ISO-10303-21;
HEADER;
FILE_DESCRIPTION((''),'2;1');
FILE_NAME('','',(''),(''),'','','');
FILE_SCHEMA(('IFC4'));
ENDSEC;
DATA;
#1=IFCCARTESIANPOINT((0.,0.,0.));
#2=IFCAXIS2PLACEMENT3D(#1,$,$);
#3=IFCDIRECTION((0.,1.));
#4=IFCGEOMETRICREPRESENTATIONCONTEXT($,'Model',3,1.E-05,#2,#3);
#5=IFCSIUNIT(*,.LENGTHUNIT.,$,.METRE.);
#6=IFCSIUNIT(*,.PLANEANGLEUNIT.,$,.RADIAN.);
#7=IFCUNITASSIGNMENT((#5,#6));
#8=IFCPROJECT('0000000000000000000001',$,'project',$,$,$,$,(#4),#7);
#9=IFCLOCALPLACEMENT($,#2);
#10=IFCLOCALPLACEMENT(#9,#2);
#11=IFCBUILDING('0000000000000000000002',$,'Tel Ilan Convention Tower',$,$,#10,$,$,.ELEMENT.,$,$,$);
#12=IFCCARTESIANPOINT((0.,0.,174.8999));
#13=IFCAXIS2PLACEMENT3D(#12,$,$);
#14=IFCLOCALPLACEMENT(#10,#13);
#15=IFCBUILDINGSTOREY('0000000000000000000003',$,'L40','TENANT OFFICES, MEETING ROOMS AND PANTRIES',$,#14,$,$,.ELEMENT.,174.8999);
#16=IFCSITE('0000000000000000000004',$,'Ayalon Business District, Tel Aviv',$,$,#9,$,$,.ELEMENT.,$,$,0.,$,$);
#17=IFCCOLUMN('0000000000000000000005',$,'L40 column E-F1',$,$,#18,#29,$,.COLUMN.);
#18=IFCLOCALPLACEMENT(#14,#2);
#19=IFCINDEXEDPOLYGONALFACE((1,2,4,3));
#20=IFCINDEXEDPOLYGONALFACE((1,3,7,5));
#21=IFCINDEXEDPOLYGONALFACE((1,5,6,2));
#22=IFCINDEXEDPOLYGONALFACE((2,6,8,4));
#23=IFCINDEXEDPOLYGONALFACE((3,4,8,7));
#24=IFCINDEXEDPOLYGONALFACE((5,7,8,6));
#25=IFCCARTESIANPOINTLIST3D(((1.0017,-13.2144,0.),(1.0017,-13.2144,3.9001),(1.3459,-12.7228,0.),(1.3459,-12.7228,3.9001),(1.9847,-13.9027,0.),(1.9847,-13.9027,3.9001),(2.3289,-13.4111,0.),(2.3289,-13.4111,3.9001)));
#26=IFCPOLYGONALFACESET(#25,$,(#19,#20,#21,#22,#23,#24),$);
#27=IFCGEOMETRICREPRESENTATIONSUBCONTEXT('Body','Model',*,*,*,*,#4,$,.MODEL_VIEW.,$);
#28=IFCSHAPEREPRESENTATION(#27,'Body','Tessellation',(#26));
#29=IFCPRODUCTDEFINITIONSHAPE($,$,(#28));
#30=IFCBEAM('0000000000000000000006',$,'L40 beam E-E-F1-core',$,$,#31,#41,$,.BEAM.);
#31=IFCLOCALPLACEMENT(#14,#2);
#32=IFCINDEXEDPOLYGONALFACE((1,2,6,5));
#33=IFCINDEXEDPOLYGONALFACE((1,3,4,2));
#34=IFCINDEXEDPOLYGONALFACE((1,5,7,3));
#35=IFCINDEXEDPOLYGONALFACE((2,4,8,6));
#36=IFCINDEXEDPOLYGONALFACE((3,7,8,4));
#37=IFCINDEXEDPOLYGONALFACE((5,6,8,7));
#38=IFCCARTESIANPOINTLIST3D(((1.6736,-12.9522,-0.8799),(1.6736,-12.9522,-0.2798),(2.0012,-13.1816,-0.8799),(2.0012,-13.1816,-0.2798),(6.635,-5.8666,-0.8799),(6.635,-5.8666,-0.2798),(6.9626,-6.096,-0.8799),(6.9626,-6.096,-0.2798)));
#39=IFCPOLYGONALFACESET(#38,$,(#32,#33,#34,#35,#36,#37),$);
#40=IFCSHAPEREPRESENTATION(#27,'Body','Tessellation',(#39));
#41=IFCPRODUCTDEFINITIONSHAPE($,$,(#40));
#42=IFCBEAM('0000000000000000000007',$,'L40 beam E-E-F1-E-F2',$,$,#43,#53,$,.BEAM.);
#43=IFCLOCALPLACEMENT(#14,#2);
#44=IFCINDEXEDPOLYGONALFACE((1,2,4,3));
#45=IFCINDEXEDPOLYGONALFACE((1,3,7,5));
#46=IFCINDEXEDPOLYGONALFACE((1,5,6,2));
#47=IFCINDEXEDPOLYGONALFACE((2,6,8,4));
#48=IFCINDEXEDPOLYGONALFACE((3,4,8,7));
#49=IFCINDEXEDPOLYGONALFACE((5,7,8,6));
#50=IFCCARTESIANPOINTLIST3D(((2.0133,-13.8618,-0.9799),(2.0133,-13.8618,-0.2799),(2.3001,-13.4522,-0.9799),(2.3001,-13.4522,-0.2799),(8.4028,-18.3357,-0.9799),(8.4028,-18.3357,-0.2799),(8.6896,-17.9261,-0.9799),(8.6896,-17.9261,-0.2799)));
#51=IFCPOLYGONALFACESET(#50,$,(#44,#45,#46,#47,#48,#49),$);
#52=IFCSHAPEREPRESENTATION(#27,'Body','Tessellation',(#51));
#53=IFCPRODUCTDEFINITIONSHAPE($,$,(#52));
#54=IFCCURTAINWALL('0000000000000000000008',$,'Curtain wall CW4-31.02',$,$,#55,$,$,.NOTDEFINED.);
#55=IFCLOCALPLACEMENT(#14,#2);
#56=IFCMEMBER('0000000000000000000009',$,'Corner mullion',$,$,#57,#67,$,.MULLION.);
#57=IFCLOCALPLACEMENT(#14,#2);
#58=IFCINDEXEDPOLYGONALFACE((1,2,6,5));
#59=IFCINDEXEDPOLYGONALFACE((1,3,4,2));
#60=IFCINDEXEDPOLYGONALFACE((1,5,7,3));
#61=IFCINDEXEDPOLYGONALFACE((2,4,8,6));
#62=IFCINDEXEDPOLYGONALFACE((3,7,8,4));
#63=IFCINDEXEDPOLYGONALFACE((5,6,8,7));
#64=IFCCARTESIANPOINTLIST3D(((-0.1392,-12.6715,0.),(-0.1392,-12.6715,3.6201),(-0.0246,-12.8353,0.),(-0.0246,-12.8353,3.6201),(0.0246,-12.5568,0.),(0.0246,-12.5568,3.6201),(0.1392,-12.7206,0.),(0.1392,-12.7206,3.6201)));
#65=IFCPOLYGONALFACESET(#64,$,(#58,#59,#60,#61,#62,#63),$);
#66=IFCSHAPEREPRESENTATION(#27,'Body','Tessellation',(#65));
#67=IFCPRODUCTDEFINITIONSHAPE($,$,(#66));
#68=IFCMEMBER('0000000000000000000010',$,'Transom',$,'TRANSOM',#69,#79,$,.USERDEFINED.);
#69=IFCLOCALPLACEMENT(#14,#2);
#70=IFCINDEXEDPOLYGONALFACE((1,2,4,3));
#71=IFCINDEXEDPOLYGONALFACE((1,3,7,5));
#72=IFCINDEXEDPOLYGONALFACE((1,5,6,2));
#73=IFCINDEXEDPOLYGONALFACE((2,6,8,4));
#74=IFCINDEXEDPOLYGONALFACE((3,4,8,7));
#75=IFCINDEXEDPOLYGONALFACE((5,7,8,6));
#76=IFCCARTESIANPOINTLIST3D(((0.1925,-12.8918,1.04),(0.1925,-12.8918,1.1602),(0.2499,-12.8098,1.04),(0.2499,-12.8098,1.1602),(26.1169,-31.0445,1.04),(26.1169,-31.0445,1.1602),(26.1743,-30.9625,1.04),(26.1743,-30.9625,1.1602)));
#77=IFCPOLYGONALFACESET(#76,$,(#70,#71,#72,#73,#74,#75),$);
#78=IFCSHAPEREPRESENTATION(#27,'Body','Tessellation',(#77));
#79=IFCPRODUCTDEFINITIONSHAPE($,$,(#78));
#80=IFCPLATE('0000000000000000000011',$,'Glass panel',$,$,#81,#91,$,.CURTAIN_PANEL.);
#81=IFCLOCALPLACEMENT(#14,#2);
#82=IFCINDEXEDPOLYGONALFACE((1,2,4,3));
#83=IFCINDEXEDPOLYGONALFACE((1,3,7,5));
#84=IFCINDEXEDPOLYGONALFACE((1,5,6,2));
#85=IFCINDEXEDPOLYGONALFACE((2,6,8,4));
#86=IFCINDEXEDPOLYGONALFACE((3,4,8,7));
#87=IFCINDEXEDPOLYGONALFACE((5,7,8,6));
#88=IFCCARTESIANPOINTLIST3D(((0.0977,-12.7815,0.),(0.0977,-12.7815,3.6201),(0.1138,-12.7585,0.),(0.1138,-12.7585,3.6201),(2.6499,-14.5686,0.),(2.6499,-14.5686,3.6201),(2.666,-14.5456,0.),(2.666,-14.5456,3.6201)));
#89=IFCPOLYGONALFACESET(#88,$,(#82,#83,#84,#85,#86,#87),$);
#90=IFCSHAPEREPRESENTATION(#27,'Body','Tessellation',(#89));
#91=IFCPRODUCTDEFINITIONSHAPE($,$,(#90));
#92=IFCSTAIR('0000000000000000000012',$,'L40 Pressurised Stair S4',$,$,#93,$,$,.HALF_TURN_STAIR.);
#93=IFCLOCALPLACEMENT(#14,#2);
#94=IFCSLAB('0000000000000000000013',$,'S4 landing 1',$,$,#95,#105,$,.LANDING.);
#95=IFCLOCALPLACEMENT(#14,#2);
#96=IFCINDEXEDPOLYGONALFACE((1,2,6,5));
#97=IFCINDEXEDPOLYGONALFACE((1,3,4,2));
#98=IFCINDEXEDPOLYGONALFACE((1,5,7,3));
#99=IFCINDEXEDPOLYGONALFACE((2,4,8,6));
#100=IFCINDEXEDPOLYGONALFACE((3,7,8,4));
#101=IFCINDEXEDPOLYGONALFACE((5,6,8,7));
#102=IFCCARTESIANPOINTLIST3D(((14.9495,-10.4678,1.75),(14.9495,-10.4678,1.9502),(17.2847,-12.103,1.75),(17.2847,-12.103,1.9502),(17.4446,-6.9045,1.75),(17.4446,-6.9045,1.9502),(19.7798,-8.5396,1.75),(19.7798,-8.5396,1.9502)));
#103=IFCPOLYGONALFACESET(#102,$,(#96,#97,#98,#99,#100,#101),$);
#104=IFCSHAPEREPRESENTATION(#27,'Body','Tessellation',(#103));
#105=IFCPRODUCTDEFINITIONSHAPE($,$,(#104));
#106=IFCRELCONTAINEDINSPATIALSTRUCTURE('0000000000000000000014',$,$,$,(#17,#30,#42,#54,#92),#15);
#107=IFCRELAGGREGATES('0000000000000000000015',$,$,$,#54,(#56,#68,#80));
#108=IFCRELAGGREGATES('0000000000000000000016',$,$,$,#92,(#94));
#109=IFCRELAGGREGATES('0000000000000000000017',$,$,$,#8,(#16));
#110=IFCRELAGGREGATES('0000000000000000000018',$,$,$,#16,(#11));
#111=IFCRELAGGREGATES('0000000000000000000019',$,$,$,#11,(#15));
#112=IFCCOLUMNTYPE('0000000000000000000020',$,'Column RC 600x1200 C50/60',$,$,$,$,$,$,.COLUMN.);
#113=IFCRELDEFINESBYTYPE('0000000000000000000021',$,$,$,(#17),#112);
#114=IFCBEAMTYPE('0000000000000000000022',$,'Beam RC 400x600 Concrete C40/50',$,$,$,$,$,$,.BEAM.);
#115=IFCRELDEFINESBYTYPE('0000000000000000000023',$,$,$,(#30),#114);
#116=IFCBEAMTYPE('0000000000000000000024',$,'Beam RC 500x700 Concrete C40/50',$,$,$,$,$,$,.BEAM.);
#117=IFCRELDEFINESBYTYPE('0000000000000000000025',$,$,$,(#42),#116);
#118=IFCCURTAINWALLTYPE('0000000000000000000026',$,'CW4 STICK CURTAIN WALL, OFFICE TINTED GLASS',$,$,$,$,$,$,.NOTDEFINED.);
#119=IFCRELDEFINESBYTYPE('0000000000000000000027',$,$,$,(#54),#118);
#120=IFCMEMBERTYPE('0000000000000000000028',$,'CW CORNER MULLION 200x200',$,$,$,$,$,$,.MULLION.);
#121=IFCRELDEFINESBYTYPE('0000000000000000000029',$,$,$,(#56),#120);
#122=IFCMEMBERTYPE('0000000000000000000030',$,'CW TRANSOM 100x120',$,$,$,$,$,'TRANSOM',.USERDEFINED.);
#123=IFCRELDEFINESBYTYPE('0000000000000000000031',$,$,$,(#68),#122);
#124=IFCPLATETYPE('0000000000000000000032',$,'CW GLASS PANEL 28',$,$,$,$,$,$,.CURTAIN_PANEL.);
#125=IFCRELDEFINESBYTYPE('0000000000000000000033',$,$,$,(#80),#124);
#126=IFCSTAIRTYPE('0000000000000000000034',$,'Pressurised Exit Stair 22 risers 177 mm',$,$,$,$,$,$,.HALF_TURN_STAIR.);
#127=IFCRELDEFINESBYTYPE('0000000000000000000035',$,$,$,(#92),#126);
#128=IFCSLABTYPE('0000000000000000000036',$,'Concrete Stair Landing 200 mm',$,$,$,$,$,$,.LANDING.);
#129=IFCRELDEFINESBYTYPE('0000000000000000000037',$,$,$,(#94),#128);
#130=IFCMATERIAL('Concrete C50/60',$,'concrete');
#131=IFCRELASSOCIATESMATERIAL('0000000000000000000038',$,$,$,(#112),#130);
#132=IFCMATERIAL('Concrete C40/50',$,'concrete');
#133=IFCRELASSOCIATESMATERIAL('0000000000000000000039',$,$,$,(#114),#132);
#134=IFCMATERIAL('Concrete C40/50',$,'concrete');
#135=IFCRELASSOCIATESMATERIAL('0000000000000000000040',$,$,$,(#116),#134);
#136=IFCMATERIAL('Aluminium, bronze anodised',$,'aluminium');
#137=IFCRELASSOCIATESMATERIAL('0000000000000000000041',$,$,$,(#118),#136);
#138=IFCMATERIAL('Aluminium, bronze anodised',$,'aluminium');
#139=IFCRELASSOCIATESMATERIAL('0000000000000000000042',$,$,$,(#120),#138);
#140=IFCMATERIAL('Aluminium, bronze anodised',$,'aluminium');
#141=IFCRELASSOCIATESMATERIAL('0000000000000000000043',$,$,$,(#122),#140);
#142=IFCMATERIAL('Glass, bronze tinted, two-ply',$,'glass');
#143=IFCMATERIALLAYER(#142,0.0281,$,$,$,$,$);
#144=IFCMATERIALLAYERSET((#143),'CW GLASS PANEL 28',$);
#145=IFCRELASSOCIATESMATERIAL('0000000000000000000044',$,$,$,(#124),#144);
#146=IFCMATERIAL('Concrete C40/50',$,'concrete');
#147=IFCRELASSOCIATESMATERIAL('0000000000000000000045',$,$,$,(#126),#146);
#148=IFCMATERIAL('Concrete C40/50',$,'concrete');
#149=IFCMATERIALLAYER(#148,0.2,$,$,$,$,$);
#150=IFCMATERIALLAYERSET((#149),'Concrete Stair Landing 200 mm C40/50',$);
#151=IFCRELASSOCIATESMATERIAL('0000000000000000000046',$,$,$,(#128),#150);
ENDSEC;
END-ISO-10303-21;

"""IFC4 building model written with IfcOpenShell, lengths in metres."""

from ifc_helpers import new_model, si_unit, direction, frame, origin, origin_2d, place, context, subcontext, project, spatial, polyline, rectangle, outline, extrude, material, layer, layer_set, material_profile, profile_set, type_object, element, aggregate, save


model = new_model("IFC4")

# Units and contexts
model_context = context("Model", 3, precision=1e-05, world=origin(), true_north=direction((0.0, 1.0)))
body_context = subcontext(model_context, "Body", "Model", "MODEL_VIEW")
ifc_project = project(units=[si_unit("LENGTHUNIT", "METRE"), si_unit("PLANEANGLEUNIT", "RADIAN")], contexts=[model_context])

# Site, building, storey
site_placement = place(None, origin())
site = spatial("IfcSite", under=ifc_project, at=site_placement, Name="Ayalon Business District, Tel Aviv", CompositionType="ELEMENT", RefElevation=0.0)
building_placement = place(site_placement, origin())
building = spatial("IfcBuilding", under=site, at=building_placement, Name="Tel Ilan Convention Tower", CompositionType="ELEMENT")
storey_placement = place(building_placement, frame((0.0, 0.0, 174.8999)))
storey = spatial("IfcBuildingStorey", under=building, at=storey_placement, Name="L40", Description="TENANT OFFICES, MEETING ROOMS AND PANTRIES", CompositionType="ELEMENT", Elevation=174.8999)

# Column
ifc_material_1 = material(Name="Concrete C50/60", Category="concrete")
ifc_material_profile_1 = material_profile(ifc_material_1, rectangle(XDim=1.2, YDim=0.6001, at=origin_2d()), Name="RC 600x1200")
ifc_profile_set_1 = profile_set([ifc_material_profile_1], Name="Concrete C50/60")
column_type = type_object("IfcColumnType", Name="Column RC 600x1200 C50/60", PredefinedType="COLUMN", material=ifc_profile_set_1)
column_placement = place(storey_placement, frame((1.6653, -13.3127, 0.0), z_axis=(0.0, 0.0, 1.0), x_axis=(0.819152, -0.573576, 0.0)))
element("IfcColumn", 1, at=column_placement, inside=storey, type_object=column_type, Name="L40 column E-F1", PredefinedType="COLUMN", context=body_context, shape_type="SweptSolid", body=[
    extrude(rectangle(XDim=1.2, YDim=0.6001, at=origin_2d()), origin(), (0.0, 0.0, 1.0), 3.9001),
])

# Beams
ifc_material_2 = material(Name="Concrete C40/50", Category="concrete")
ifc_material_profile_2 = material_profile(ifc_material_2, rectangle(XDim=0.3999, YDim=0.6001, at=origin_2d()), Name="RC 400x600")
ifc_profile_set_2 = profile_set([ifc_material_profile_2], Name="Concrete C40/50")
beam_type_1 = type_object("IfcBeamType", Name="Beam RC 400x600 Concrete C40/50", PredefinedType="BEAM", material=ifc_profile_set_2)
beam_1_placement = place(storey_placement, frame((1.8374, -13.0669, -0.5798), z_axis=(0.573574, 0.819154, 0.0), x_axis=(-0.819154, 0.573574, 0.0)))
element("IfcBeam", 2, at=beam_1_placement, inside=storey, type_object=beam_type_1, Name="L40 beam E-E-F1-core", PredefinedType="BEAM", context=body_context, shape_type="SweptSolid", body=[
    extrude(rectangle(XDim=0.3999, YDim=0.6001, at=origin_2d()), origin(), (0.0, 0.0, 1.0), 8.6499),
])
ifc_material_3 = material(Name="Concrete C40/50", Category="concrete")
ifc_material_profile_3 = material_profile(ifc_material_3, rectangle(XDim=0.5, YDim=0.7, at=origin_2d()), Name="RC 500x700")
ifc_profile_set_3 = profile_set([ifc_material_profile_3], Name="Concrete C40/50")
beam_type_2 = type_object("IfcBeamType", Name="Beam RC 500x700 Concrete C40/50", PredefinedType="BEAM", material=ifc_profile_set_3)
beam_2_placement = place(storey_placement, frame((2.1567, -13.657, -0.6299), z_axis=(0.819154, -0.573574, 0.0), x_axis=(0.573574, 0.819154, 0.0)))
element("IfcBeam", 3, at=beam_2_placement, inside=storey, type_object=beam_type_2, Name="L40 beam E-E-F1-E-F2", PredefinedType="BEAM", context=body_context, shape_type="SweptSolid", body=[
    extrude(rectangle(XDim=0.5, YDim=0.7, at=origin_2d()), origin(), (0.0, 0.0, 1.0), 7.8),
])

# Curtain wall, members, plate
ifc_material_4 = material(Name="Aluminium, bronze anodised", Category="aluminium")
curtain_wall_type = type_object("IfcCurtainWallType", Name="CW4 STICK CURTAIN WALL, OFFICE TINTED GLASS", PredefinedType="NOTDEFINED", material=ifc_material_4)
curtain_wall_placement = place(storey_placement, origin())
curtain_wall = element("IfcCurtainWall", 4, at=curtain_wall_placement, inside=storey, type_object=curtain_wall_type, Name="Curtain wall CW4-31.02", PredefinedType="NOTDEFINED")
ifc_material_5 = material(Name="Aluminium, bronze anodised", Category="aluminium")
ifc_material_profile_4 = material_profile(ifc_material_5, rectangle(XDim=0.2, YDim=0.2, at=origin_2d()), Name="CW CORNER MULLION 200x200")
ifc_profile_set_4 = profile_set([ifc_material_profile_4], Name="Aluminium, bronze anodised")
member_type_1 = type_object("IfcMemberType", Name="CW CORNER MULLION 200x200", PredefinedType="MULLION", material=ifc_profile_set_4)
member_1_placement = place(storey_placement, frame((0.0, -12.696, 0.0), z_axis=(0.0, 0.0, 1.0), x_axis=(0.819152, 0.573576, 0.0)))
member_1 = element("IfcMember", 5, at=member_1_placement, type_object=member_type_1, Name="Corner mullion", PredefinedType="MULLION", context=body_context, shape_type="SweptSolid", body=[
    extrude(rectangle(XDim=0.2, YDim=0.2, at=origin_2d()), origin(), (0.0, 0.0, 1.0), 3.6201),
])
ifc_material_6 = material(Name="Aluminium, bronze anodised", Category="aluminium")
ifc_material_profile_5 = material_profile(ifc_material_6, rectangle(XDim=0.1001, YDim=0.1201, at=origin_2d()), Name="CW TRANSOM 100x120")
ifc_profile_set_5 = profile_set([ifc_material_profile_5], Name="Aluminium, bronze anodised")
member_type_2 = type_object("IfcMemberType", Name="CW TRANSOM 100x120", ElementType="TRANSOM", PredefinedType="USERDEFINED", material=ifc_profile_set_5)
member_2_placement = place(storey_placement, frame((0.2212, -12.8508, 1.1001), z_axis=(0.819149, -0.57358, 0.0), x_axis=(0.57358, 0.819149, 0.0)))
member_2 = element("IfcMember", 6, at=member_2_placement, type_object=member_type_2, Name="Transom", ObjectType="TRANSOM", PredefinedType="USERDEFINED", context=body_context, shape_type="SweptSolid", body=[
    extrude(rectangle(XDim=0.1001, YDim=0.1201, at=origin_2d()), origin(), (0.0, 0.0, 1.0), 31.6479),
])
ifc_material_7 = material(Name="Glass, bronze tinted, two-ply", Category="glass")
ifc_layer_1 = layer(ifc_material_7, 0.0281)
ifc_layer_set_1 = layer_set([ifc_layer_1], Name="CW GLASS PANEL 28")
plate_type = type_object("IfcPlateType", Name="CW GLASS PANEL 28", PredefinedType="CURTAIN_PANEL", material=ifc_layer_set_1)
plate_placement = place(storey_placement, frame((1.3818, -13.6636, 0.0), z_axis=(0.0, 0.0, 1.0), x_axis=(0.819152, -0.573576, 0.0)))
plate = element("IfcPlate", 7, at=plate_placement, type_object=plate_type, Name="Glass panel", PredefinedType="CURTAIN_PANEL", context=body_context, shape_type="SweptSolid", body=[
    extrude(rectangle(XDim=3.1157, YDim=0.0281, at=origin_2d()), origin(), (0.0, 0.0, 1.0), 3.6201),
])
aggregate(curtain_wall, [member_1, member_2, plate])

# Stair, slab
ifc_material_8 = material(Name="Concrete C40/50", Category="concrete")
stair_type = type_object("IfcStairType", Name="Pressurised Exit Stair 22 risers 177 mm", PredefinedType="HALF_TURN_STAIR", material=ifc_material_8)
stair_placement = place(storey_placement, origin())
stair = element("IfcStair", 8, at=stair_placement, inside=storey, type_object=stair_type, Name="L40 Pressurised Stair S4", PredefinedType="HALF_TURN_STAIR")
ifc_material_9 = material(Name="Concrete C40/50", Category="concrete")
ifc_layer_2 = layer(ifc_material_9, 0.2)
ifc_layer_set_2 = layer_set([ifc_layer_2], Name="Concrete Stair Landing 200 mm C40/50")
slab_type_1 = type_object("IfcSlabType", Name="Concrete Stair Landing 200 mm", PredefinedType="LANDING", material=ifc_layer_set_2)
slab_1_placement = place(storey_placement, frame((0.0, 0.0, 1.75)))
slab_1 = element("IfcSlab", 9, at=slab_1_placement, type_object=slab_type_1, Name="S4 landing 1", PredefinedType="LANDING", context=body_context, shape_type="SweptSolid", body=[
    extrude(outline(polyline([(19.7798, -8.5396), (17.4446, -6.9045), (14.9495, -10.4678), (17.2847, -12.103), (19.7798, -8.5396)])), origin(), (0.0, 0.0, 1.0), 0.2002),
])
aggregate(stair, [slab_1])

save(model, "model.ifc")
